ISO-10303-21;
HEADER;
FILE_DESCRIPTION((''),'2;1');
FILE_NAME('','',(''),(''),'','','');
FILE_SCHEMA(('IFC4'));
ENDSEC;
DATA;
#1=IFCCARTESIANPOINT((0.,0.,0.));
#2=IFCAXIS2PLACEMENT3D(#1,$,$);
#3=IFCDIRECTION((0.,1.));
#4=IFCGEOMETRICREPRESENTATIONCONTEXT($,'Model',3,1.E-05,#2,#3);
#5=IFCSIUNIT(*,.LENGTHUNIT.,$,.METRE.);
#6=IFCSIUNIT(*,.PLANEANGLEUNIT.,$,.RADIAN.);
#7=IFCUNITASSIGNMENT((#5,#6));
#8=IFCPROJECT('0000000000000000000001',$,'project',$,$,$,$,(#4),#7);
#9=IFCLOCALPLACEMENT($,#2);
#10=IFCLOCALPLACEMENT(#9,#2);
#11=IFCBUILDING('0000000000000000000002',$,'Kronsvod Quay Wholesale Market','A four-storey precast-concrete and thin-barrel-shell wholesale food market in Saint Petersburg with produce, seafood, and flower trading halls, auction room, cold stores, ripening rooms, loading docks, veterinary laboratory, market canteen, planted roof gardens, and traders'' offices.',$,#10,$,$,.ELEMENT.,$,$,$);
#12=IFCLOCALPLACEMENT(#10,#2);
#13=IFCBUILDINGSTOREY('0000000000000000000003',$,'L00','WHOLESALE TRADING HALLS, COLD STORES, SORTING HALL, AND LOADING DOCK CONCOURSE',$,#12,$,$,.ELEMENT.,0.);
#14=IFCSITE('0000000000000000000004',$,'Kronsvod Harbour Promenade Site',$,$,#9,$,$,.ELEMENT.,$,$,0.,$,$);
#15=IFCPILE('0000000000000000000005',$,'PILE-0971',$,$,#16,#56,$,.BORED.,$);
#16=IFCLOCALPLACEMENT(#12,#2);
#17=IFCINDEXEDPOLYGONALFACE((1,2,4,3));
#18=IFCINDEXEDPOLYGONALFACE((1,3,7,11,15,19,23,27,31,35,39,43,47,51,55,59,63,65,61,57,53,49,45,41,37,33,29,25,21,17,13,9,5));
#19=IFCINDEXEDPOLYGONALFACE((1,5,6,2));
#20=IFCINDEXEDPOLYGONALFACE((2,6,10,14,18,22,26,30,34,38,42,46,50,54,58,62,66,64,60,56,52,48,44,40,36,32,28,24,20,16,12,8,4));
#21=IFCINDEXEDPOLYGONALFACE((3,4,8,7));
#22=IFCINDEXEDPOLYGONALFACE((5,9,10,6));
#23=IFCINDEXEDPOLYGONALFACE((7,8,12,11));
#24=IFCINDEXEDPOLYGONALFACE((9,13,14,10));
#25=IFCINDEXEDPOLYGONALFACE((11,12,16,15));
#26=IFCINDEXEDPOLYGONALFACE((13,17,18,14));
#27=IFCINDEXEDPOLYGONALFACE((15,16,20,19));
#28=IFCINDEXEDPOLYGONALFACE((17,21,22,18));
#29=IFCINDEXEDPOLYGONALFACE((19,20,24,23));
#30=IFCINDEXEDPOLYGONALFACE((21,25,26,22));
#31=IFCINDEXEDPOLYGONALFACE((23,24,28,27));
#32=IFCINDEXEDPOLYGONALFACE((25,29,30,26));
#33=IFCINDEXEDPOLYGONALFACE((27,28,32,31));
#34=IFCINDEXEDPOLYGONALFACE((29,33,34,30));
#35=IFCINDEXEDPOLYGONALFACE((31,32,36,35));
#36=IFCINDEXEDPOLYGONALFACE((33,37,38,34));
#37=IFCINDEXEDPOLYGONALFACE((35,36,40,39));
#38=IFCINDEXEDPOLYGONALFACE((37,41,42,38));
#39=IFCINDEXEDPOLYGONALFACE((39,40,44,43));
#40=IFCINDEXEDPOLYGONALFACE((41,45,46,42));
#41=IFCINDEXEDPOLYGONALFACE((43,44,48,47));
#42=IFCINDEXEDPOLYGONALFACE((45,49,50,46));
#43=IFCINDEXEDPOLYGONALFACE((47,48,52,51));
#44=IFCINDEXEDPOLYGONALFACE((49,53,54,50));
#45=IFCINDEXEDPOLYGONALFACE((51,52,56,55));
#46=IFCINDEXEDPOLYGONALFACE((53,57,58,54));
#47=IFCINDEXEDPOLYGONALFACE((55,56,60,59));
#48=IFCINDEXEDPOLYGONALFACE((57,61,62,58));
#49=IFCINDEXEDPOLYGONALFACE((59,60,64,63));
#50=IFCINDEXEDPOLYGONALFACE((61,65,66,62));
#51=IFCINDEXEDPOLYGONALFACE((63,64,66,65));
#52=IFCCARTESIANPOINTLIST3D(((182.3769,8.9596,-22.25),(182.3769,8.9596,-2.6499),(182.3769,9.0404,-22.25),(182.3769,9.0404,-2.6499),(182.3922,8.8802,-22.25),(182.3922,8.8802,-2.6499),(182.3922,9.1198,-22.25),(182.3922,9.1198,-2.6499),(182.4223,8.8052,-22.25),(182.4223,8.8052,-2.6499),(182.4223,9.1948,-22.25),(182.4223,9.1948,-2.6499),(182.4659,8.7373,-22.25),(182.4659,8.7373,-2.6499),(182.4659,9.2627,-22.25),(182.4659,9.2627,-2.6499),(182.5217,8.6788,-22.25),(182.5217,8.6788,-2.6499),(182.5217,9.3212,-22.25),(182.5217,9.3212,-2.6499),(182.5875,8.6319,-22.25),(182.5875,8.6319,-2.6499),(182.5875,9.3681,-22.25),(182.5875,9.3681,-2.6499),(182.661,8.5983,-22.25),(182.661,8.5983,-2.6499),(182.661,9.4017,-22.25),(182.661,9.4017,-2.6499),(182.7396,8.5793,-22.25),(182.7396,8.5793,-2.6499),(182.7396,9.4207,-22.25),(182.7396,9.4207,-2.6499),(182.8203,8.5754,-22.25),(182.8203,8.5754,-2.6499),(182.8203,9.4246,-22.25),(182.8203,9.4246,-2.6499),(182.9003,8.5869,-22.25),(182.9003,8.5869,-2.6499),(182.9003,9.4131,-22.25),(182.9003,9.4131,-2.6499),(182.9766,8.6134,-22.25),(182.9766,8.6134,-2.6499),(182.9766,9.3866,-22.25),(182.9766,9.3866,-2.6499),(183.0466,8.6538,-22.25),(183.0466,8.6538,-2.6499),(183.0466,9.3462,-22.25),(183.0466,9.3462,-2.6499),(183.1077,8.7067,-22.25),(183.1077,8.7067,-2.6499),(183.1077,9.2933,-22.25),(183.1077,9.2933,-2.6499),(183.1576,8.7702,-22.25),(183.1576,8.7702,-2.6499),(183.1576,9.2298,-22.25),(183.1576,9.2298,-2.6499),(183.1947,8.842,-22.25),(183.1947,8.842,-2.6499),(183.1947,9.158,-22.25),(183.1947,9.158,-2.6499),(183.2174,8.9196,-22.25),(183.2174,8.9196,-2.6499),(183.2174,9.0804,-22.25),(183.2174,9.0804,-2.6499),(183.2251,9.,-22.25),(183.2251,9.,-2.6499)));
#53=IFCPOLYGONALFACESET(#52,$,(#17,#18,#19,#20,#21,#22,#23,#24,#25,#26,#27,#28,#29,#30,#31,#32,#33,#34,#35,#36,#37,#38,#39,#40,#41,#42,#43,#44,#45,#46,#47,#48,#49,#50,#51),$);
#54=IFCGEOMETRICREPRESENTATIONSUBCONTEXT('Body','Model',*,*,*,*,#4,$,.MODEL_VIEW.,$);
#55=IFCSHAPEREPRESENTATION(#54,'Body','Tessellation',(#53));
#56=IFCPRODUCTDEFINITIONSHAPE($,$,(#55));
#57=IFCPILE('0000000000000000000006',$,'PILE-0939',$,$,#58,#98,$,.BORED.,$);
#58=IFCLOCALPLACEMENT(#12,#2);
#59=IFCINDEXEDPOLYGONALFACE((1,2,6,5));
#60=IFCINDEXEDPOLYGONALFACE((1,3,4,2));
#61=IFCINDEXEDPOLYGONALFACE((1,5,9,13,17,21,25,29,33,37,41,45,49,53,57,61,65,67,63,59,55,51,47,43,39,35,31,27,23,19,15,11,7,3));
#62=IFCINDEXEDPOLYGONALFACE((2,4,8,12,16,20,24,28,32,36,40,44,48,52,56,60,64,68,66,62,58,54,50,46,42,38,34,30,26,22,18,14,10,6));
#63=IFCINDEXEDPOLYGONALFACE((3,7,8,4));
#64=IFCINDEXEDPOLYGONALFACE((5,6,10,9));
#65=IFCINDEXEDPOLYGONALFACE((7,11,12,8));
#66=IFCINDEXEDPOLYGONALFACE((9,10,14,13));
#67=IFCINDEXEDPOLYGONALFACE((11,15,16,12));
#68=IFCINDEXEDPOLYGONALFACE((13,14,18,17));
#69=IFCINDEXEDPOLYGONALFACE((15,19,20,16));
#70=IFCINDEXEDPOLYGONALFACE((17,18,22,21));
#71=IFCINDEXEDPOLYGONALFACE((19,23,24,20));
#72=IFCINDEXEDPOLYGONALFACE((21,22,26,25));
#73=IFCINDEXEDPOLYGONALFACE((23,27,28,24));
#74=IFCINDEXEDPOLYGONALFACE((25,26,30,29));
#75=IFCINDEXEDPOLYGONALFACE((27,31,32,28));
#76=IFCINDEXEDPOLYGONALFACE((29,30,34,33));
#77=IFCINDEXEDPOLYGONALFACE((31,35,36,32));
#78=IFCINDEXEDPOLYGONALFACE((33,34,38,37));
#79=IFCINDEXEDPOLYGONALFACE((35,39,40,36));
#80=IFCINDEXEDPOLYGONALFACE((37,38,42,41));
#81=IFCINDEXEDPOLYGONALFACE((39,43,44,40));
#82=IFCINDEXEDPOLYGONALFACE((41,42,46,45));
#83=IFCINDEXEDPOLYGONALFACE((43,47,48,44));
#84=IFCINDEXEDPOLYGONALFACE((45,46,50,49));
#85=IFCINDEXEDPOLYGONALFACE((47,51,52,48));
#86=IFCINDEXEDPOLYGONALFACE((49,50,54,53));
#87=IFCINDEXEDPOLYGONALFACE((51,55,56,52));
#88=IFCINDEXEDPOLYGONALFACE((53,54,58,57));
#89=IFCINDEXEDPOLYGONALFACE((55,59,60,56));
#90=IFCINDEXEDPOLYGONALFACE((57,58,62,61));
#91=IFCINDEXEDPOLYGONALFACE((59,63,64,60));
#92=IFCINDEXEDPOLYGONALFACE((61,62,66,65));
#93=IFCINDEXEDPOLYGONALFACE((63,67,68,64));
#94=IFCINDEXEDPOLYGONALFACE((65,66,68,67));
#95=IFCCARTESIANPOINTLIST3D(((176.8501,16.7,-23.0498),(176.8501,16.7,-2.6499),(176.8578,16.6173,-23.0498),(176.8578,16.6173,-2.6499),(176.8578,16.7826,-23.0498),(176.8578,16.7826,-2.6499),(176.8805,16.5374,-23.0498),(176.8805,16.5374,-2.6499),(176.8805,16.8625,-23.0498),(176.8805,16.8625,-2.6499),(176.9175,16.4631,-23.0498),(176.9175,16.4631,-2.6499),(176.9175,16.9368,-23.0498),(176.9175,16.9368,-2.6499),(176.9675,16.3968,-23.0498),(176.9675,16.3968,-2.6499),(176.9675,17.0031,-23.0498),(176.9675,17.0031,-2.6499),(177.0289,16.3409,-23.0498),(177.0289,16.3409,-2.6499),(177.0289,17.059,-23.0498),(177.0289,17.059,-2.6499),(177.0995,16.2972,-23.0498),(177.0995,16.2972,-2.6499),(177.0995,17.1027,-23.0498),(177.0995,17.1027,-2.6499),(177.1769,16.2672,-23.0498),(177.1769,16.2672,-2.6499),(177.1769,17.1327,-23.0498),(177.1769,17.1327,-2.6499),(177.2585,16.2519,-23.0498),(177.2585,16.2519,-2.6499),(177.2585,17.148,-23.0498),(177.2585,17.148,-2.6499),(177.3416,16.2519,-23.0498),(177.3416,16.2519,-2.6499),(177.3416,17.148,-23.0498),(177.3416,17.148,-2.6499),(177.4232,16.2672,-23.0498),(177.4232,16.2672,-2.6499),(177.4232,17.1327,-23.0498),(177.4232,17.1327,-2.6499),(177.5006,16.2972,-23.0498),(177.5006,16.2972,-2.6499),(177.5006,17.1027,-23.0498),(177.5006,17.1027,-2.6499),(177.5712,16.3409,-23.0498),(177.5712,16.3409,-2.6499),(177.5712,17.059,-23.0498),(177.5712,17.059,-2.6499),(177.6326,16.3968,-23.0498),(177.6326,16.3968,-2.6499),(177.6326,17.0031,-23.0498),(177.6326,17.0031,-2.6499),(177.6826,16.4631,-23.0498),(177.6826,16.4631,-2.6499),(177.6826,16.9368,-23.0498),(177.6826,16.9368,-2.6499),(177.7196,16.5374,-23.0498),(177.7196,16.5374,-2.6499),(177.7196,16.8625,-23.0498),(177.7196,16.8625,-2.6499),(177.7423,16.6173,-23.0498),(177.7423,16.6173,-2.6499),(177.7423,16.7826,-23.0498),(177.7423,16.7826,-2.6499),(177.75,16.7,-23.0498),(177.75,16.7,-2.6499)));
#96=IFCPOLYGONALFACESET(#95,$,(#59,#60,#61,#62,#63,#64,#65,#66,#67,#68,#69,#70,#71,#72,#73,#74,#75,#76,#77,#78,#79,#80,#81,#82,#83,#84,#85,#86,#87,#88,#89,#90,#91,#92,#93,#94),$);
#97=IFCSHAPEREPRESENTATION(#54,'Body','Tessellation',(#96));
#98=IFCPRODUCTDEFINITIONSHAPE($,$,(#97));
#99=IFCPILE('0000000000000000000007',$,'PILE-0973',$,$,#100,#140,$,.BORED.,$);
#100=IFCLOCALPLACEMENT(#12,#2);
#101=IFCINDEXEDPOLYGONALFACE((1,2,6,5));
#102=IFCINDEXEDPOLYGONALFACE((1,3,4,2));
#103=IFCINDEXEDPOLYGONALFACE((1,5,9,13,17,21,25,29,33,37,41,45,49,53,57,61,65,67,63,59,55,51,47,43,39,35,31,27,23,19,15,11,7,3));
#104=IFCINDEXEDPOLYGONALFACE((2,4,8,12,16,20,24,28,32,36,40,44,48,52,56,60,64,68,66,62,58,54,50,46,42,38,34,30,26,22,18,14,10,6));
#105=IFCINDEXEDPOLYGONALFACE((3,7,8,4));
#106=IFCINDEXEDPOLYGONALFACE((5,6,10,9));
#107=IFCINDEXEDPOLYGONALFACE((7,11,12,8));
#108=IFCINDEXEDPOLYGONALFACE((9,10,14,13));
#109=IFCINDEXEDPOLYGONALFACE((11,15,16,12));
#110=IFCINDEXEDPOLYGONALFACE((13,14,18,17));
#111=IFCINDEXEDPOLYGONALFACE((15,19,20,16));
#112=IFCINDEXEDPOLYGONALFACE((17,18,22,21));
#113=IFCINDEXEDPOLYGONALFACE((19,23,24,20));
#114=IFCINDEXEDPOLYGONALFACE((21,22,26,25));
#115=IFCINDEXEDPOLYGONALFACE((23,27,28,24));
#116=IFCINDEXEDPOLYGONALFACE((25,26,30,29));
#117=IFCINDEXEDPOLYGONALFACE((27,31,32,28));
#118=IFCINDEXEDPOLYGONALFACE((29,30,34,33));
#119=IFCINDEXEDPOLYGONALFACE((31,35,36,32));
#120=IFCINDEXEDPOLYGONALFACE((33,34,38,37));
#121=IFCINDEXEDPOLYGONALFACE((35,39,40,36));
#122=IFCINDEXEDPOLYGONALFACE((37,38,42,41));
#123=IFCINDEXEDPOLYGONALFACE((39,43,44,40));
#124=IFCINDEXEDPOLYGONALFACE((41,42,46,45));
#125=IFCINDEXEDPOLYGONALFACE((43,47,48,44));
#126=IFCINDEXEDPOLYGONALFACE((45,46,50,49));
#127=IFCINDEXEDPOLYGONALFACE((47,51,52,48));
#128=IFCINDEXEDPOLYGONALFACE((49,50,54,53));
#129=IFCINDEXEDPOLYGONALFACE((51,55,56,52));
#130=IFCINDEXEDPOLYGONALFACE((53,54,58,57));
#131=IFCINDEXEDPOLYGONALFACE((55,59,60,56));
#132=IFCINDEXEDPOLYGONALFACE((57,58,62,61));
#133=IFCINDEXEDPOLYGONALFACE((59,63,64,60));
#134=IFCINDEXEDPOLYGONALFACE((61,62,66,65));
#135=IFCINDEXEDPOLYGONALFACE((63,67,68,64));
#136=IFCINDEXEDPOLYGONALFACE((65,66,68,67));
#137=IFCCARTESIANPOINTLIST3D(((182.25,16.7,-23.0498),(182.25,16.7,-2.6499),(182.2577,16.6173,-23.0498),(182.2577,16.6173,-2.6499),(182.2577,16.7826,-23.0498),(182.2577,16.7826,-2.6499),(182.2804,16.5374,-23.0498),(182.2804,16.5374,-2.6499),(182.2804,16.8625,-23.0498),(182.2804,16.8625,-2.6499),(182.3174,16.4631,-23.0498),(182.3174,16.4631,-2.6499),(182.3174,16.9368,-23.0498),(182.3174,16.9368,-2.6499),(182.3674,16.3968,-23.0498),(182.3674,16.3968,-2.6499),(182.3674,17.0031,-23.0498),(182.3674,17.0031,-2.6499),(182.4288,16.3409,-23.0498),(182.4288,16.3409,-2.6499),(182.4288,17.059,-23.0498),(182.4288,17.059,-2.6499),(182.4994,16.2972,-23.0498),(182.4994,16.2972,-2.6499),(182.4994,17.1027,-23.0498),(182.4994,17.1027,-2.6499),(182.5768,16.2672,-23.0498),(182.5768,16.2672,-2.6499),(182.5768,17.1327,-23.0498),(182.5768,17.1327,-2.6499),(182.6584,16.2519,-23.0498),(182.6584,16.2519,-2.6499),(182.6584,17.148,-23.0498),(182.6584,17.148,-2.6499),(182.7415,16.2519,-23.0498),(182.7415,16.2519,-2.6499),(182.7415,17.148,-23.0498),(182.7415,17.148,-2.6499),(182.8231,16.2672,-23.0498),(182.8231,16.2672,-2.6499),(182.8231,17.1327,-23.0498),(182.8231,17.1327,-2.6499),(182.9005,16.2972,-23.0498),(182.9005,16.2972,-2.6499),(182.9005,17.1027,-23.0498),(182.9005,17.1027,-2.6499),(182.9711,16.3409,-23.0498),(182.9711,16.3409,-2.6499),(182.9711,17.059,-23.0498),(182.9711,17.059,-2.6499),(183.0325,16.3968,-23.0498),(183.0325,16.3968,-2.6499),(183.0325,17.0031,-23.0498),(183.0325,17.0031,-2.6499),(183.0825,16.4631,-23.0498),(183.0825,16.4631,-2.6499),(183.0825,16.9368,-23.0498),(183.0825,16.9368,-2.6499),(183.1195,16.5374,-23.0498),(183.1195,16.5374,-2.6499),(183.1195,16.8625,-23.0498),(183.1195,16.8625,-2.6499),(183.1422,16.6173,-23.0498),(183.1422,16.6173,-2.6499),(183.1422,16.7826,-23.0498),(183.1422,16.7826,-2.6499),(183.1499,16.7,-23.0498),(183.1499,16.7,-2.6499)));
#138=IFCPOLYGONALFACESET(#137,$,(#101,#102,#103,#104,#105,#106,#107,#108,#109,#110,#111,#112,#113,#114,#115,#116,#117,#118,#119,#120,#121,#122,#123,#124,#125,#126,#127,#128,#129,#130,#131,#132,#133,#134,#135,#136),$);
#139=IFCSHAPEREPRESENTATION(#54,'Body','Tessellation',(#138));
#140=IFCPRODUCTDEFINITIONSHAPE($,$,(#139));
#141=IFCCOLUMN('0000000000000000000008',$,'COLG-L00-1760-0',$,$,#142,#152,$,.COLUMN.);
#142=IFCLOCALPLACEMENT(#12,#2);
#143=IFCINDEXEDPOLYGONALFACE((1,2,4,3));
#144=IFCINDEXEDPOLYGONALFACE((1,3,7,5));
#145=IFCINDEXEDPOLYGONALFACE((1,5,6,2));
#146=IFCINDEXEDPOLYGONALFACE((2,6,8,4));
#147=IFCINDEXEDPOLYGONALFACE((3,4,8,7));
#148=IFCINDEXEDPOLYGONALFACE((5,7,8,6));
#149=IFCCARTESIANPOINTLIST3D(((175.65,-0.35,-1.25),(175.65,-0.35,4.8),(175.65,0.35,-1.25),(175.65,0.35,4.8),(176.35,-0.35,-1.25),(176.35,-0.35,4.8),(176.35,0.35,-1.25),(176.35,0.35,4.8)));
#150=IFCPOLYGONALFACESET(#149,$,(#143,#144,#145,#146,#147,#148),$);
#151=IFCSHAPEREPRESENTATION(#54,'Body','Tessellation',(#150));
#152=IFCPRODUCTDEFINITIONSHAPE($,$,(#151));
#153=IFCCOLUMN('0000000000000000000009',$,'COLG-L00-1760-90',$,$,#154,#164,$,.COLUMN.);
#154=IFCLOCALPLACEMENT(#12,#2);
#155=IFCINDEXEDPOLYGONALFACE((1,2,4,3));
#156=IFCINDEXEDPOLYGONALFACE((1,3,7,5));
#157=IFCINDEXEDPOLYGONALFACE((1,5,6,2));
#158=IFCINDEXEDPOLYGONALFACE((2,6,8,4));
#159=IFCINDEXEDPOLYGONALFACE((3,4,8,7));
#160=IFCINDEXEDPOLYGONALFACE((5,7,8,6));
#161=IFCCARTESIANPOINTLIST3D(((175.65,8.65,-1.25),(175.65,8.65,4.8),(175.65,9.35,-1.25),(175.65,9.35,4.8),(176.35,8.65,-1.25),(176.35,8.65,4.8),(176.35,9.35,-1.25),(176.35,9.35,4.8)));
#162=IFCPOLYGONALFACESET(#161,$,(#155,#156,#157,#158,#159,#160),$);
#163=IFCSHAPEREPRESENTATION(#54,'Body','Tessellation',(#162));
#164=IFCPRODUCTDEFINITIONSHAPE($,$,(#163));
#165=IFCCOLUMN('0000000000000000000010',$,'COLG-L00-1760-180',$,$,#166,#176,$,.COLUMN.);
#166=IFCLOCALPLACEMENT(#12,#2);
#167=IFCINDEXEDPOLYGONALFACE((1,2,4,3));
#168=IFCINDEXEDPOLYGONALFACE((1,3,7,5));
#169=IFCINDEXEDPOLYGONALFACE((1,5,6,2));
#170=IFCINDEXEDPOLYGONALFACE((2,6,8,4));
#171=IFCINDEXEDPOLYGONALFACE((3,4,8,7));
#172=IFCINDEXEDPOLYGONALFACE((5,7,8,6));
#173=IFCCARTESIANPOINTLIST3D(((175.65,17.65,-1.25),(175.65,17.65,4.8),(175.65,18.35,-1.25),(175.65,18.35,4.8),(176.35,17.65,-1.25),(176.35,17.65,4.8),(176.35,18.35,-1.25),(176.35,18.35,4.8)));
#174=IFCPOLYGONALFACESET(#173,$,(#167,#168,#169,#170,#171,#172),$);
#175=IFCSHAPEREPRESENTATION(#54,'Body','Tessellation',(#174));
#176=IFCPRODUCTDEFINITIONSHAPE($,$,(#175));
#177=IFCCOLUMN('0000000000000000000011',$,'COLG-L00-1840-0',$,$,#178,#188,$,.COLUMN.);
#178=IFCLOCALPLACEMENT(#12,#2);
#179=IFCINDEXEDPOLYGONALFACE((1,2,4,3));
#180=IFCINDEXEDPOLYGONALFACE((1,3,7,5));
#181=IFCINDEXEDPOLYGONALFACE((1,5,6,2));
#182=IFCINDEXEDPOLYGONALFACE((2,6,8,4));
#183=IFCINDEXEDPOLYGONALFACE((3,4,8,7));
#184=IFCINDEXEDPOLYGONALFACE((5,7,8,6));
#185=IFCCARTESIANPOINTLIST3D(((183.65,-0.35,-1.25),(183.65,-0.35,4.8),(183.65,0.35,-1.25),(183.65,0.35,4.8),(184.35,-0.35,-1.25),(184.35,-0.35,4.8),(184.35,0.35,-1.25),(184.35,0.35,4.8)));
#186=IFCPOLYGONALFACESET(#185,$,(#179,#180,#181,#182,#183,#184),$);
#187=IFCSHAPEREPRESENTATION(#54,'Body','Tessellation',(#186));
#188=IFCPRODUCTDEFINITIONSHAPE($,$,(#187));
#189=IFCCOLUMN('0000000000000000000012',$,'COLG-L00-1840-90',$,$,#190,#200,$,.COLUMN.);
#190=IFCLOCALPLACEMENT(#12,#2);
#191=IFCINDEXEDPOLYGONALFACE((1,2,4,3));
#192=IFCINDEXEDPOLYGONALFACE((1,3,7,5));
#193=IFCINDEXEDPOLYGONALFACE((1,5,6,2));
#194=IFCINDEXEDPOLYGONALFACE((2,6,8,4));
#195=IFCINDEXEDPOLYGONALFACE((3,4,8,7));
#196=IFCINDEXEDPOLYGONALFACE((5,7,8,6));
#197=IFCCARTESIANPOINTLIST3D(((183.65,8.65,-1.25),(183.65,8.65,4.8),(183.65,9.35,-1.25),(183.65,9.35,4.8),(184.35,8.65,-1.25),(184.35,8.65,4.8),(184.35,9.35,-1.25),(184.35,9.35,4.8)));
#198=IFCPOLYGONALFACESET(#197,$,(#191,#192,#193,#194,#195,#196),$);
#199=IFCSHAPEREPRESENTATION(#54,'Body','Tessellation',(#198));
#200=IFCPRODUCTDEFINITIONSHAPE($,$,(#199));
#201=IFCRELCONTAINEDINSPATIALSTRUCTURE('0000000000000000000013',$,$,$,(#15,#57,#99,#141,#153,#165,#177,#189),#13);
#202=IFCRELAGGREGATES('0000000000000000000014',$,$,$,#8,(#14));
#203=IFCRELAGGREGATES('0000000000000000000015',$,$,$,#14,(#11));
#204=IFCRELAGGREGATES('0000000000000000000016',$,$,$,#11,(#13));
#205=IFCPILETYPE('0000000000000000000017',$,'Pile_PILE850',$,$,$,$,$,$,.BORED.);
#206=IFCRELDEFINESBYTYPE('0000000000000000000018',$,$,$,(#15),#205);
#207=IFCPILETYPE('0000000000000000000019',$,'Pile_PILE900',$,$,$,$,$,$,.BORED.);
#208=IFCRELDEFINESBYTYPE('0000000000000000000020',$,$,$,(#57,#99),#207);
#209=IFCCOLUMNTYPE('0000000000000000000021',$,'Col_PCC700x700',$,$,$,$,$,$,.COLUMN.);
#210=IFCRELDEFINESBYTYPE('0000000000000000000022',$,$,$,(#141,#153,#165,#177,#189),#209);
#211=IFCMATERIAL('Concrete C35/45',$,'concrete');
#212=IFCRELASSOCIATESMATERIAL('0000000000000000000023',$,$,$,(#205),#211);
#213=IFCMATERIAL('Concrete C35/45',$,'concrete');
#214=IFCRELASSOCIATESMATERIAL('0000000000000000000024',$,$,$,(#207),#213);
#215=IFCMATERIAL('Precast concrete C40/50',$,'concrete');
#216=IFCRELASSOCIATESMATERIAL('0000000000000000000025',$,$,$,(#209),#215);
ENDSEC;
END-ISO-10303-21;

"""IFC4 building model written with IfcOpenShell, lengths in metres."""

from ifc_helpers import new_model, si_unit, direction, frame, origin, origin_2d, place, context, subcontext, project, spatial, rectangle, circle, extrude, material, material_profile, profile_set, type_object, element, save


model = new_model("IFC4")

# Units and contexts
model_context = context("Model", 3, precision=1e-05, world=origin(), true_north=direction((0.0, 1.0)))
body_context = subcontext(model_context, "Body", "Model", "MODEL_VIEW")
ifc_project = project(units=[si_unit("LENGTHUNIT", "METRE"), si_unit("PLANEANGLEUNIT", "RADIAN")], contexts=[model_context])

# Site, building, storey
site_placement = place(None, origin())
site = spatial("IfcSite", under=ifc_project, at=site_placement, Name="Kronsvod Harbour Promenade Site", CompositionType="ELEMENT", RefElevation=0.0)
building_placement = place(site_placement, origin())
building = spatial("IfcBuilding", under=site, at=building_placement, Name="Kronsvod Quay Wholesale Market", Description="A four-storey precast-concrete and thin-barrel-shell wholesale food market in Saint Petersburg with produce, seafood, and flower trading halls, auction room, cold stores, ripening rooms, loading docks, veterinary laboratory, market canteen, planted roof gardens, and traders' offices.", CompositionType="ELEMENT")
storey_placement = place(building_placement, origin())
storey = spatial("IfcBuildingStorey", under=building, at=storey_placement, Name="L00", Description="WHOLESALE TRADING HALLS, COLD STORES, SORTING HALL, AND LOADING DOCK CONCOURSE", CompositionType="ELEMENT", Elevation=0.0)

# Piles
ifc_material_1 = material(Name="Concrete C35/45", Category="concrete")
ifc_material_profile_1 = material_profile(ifc_material_1, circle(Radius=0.425, at=origin_2d()), Name="PILE850")
ifc_profile_set_1 = profile_set([ifc_material_profile_1], Name="Concrete C35/45")
pile_type_1 = type_object("IfcPileType", Name="Pile_PILE850", PredefinedType="BORED", material=ifc_profile_set_1)
for number, where, z_axis, x_axis, name in (
    (1, (182.8, 9.0, -2.6499), (0.0, 0.0, -1.0), (1.0, 0.0, 0.0), "PILE-0971"),
):
    element("IfcPile", number, at=place(storey_placement, frame(where, z_axis=z_axis, x_axis=x_axis)), inside=storey, type_object=pile_type_1, Name=name, PredefinedType="BORED", context=body_context, shape_type="SweptSolid", body=[
        extrude(circle(Radius=0.425, at=origin_2d()), origin(), (0.0, 0.0, 1.0), 19.6001),
    ])
ifc_material_2 = material(Name="Concrete C35/45", Category="concrete")
ifc_material_profile_2 = material_profile(ifc_material_2, circle(Radius=0.45, at=origin_2d()), Name="PILE900")
ifc_profile_set_2 = profile_set([ifc_material_profile_2], Name="Concrete C35/45")
pile_type_2 = type_object("IfcPileType", Name="Pile_PILE900", PredefinedType="BORED", material=ifc_profile_set_2)
for number, where, z_axis, x_axis, name in (
    (2, (177.3, 16.7, -2.6499), (0.0, 0.0, -1.0), (1.0, 0.0, 0.0), "PILE-0939"),
    (3, (182.7, 16.7, -2.6499), (0.0, 0.0, -1.0), (1.0, 0.0, 0.0), "PILE-0973"),
):
    element("IfcPile", number, at=place(storey_placement, frame(where, z_axis=z_axis, x_axis=x_axis)), inside=storey, type_object=pile_type_2, Name=name, PredefinedType="BORED", context=body_context, shape_type="SweptSolid", body=[
        extrude(circle(Radius=0.45, at=origin_2d()), origin(), (0.0, 0.0, 1.0), 20.3999),
    ])

# Columns
ifc_material_3 = material(Name="Precast concrete C40/50", Category="concrete")
ifc_material_profile_3 = material_profile(ifc_material_3, rectangle(XDim=0.7, YDim=0.7, at=origin_2d()), Name="PCC700x700")
ifc_profile_set_3 = profile_set([ifc_material_profile_3], Name="Precast concrete C40/50")
column_type = type_object("IfcColumnType", Name="Col_PCC700x700", PredefinedType="COLUMN", material=ifc_profile_set_3)
for number, where, z_axis, x_axis, name in (
    (4, (176.0, 0.0, -1.25), (0.0, 0.0, 1.0), (1.0, 0.0, 0.0), "COLG-L00-1760-0"),
    (5, (176.0, 9.0, -1.25), (0.0, 0.0, 1.0), (1.0, 0.0, 0.0), "COLG-L00-1760-90"),
    (6, (176.0, 18.0, -1.25), (0.0, 0.0, 1.0), (1.0, 0.0, 0.0), "COLG-L00-1760-180"),
    (7, (184.0, 0.0, -1.25), (0.0, 0.0, 1.0), (1.0, 0.0, 0.0), "COLG-L00-1840-0"),
    (8, (184.0, 9.0, -1.25), (0.0, 0.0, 1.0), (1.0, 0.0, 0.0), "COLG-L00-1840-90"),
):
    element("IfcColumn", number, at=place(storey_placement, frame(where, z_axis=z_axis, x_axis=x_axis)), inside=storey, type_object=column_type, Name=name, PredefinedType="COLUMN", context=body_context, shape_type="SweptSolid", body=[
        extrude(rectangle(XDim=0.7, YDim=0.7, at=origin_2d()), origin(), (0.0, 0.0, 1.0), 6.05),
    ])

save(model, "model.ifc")
